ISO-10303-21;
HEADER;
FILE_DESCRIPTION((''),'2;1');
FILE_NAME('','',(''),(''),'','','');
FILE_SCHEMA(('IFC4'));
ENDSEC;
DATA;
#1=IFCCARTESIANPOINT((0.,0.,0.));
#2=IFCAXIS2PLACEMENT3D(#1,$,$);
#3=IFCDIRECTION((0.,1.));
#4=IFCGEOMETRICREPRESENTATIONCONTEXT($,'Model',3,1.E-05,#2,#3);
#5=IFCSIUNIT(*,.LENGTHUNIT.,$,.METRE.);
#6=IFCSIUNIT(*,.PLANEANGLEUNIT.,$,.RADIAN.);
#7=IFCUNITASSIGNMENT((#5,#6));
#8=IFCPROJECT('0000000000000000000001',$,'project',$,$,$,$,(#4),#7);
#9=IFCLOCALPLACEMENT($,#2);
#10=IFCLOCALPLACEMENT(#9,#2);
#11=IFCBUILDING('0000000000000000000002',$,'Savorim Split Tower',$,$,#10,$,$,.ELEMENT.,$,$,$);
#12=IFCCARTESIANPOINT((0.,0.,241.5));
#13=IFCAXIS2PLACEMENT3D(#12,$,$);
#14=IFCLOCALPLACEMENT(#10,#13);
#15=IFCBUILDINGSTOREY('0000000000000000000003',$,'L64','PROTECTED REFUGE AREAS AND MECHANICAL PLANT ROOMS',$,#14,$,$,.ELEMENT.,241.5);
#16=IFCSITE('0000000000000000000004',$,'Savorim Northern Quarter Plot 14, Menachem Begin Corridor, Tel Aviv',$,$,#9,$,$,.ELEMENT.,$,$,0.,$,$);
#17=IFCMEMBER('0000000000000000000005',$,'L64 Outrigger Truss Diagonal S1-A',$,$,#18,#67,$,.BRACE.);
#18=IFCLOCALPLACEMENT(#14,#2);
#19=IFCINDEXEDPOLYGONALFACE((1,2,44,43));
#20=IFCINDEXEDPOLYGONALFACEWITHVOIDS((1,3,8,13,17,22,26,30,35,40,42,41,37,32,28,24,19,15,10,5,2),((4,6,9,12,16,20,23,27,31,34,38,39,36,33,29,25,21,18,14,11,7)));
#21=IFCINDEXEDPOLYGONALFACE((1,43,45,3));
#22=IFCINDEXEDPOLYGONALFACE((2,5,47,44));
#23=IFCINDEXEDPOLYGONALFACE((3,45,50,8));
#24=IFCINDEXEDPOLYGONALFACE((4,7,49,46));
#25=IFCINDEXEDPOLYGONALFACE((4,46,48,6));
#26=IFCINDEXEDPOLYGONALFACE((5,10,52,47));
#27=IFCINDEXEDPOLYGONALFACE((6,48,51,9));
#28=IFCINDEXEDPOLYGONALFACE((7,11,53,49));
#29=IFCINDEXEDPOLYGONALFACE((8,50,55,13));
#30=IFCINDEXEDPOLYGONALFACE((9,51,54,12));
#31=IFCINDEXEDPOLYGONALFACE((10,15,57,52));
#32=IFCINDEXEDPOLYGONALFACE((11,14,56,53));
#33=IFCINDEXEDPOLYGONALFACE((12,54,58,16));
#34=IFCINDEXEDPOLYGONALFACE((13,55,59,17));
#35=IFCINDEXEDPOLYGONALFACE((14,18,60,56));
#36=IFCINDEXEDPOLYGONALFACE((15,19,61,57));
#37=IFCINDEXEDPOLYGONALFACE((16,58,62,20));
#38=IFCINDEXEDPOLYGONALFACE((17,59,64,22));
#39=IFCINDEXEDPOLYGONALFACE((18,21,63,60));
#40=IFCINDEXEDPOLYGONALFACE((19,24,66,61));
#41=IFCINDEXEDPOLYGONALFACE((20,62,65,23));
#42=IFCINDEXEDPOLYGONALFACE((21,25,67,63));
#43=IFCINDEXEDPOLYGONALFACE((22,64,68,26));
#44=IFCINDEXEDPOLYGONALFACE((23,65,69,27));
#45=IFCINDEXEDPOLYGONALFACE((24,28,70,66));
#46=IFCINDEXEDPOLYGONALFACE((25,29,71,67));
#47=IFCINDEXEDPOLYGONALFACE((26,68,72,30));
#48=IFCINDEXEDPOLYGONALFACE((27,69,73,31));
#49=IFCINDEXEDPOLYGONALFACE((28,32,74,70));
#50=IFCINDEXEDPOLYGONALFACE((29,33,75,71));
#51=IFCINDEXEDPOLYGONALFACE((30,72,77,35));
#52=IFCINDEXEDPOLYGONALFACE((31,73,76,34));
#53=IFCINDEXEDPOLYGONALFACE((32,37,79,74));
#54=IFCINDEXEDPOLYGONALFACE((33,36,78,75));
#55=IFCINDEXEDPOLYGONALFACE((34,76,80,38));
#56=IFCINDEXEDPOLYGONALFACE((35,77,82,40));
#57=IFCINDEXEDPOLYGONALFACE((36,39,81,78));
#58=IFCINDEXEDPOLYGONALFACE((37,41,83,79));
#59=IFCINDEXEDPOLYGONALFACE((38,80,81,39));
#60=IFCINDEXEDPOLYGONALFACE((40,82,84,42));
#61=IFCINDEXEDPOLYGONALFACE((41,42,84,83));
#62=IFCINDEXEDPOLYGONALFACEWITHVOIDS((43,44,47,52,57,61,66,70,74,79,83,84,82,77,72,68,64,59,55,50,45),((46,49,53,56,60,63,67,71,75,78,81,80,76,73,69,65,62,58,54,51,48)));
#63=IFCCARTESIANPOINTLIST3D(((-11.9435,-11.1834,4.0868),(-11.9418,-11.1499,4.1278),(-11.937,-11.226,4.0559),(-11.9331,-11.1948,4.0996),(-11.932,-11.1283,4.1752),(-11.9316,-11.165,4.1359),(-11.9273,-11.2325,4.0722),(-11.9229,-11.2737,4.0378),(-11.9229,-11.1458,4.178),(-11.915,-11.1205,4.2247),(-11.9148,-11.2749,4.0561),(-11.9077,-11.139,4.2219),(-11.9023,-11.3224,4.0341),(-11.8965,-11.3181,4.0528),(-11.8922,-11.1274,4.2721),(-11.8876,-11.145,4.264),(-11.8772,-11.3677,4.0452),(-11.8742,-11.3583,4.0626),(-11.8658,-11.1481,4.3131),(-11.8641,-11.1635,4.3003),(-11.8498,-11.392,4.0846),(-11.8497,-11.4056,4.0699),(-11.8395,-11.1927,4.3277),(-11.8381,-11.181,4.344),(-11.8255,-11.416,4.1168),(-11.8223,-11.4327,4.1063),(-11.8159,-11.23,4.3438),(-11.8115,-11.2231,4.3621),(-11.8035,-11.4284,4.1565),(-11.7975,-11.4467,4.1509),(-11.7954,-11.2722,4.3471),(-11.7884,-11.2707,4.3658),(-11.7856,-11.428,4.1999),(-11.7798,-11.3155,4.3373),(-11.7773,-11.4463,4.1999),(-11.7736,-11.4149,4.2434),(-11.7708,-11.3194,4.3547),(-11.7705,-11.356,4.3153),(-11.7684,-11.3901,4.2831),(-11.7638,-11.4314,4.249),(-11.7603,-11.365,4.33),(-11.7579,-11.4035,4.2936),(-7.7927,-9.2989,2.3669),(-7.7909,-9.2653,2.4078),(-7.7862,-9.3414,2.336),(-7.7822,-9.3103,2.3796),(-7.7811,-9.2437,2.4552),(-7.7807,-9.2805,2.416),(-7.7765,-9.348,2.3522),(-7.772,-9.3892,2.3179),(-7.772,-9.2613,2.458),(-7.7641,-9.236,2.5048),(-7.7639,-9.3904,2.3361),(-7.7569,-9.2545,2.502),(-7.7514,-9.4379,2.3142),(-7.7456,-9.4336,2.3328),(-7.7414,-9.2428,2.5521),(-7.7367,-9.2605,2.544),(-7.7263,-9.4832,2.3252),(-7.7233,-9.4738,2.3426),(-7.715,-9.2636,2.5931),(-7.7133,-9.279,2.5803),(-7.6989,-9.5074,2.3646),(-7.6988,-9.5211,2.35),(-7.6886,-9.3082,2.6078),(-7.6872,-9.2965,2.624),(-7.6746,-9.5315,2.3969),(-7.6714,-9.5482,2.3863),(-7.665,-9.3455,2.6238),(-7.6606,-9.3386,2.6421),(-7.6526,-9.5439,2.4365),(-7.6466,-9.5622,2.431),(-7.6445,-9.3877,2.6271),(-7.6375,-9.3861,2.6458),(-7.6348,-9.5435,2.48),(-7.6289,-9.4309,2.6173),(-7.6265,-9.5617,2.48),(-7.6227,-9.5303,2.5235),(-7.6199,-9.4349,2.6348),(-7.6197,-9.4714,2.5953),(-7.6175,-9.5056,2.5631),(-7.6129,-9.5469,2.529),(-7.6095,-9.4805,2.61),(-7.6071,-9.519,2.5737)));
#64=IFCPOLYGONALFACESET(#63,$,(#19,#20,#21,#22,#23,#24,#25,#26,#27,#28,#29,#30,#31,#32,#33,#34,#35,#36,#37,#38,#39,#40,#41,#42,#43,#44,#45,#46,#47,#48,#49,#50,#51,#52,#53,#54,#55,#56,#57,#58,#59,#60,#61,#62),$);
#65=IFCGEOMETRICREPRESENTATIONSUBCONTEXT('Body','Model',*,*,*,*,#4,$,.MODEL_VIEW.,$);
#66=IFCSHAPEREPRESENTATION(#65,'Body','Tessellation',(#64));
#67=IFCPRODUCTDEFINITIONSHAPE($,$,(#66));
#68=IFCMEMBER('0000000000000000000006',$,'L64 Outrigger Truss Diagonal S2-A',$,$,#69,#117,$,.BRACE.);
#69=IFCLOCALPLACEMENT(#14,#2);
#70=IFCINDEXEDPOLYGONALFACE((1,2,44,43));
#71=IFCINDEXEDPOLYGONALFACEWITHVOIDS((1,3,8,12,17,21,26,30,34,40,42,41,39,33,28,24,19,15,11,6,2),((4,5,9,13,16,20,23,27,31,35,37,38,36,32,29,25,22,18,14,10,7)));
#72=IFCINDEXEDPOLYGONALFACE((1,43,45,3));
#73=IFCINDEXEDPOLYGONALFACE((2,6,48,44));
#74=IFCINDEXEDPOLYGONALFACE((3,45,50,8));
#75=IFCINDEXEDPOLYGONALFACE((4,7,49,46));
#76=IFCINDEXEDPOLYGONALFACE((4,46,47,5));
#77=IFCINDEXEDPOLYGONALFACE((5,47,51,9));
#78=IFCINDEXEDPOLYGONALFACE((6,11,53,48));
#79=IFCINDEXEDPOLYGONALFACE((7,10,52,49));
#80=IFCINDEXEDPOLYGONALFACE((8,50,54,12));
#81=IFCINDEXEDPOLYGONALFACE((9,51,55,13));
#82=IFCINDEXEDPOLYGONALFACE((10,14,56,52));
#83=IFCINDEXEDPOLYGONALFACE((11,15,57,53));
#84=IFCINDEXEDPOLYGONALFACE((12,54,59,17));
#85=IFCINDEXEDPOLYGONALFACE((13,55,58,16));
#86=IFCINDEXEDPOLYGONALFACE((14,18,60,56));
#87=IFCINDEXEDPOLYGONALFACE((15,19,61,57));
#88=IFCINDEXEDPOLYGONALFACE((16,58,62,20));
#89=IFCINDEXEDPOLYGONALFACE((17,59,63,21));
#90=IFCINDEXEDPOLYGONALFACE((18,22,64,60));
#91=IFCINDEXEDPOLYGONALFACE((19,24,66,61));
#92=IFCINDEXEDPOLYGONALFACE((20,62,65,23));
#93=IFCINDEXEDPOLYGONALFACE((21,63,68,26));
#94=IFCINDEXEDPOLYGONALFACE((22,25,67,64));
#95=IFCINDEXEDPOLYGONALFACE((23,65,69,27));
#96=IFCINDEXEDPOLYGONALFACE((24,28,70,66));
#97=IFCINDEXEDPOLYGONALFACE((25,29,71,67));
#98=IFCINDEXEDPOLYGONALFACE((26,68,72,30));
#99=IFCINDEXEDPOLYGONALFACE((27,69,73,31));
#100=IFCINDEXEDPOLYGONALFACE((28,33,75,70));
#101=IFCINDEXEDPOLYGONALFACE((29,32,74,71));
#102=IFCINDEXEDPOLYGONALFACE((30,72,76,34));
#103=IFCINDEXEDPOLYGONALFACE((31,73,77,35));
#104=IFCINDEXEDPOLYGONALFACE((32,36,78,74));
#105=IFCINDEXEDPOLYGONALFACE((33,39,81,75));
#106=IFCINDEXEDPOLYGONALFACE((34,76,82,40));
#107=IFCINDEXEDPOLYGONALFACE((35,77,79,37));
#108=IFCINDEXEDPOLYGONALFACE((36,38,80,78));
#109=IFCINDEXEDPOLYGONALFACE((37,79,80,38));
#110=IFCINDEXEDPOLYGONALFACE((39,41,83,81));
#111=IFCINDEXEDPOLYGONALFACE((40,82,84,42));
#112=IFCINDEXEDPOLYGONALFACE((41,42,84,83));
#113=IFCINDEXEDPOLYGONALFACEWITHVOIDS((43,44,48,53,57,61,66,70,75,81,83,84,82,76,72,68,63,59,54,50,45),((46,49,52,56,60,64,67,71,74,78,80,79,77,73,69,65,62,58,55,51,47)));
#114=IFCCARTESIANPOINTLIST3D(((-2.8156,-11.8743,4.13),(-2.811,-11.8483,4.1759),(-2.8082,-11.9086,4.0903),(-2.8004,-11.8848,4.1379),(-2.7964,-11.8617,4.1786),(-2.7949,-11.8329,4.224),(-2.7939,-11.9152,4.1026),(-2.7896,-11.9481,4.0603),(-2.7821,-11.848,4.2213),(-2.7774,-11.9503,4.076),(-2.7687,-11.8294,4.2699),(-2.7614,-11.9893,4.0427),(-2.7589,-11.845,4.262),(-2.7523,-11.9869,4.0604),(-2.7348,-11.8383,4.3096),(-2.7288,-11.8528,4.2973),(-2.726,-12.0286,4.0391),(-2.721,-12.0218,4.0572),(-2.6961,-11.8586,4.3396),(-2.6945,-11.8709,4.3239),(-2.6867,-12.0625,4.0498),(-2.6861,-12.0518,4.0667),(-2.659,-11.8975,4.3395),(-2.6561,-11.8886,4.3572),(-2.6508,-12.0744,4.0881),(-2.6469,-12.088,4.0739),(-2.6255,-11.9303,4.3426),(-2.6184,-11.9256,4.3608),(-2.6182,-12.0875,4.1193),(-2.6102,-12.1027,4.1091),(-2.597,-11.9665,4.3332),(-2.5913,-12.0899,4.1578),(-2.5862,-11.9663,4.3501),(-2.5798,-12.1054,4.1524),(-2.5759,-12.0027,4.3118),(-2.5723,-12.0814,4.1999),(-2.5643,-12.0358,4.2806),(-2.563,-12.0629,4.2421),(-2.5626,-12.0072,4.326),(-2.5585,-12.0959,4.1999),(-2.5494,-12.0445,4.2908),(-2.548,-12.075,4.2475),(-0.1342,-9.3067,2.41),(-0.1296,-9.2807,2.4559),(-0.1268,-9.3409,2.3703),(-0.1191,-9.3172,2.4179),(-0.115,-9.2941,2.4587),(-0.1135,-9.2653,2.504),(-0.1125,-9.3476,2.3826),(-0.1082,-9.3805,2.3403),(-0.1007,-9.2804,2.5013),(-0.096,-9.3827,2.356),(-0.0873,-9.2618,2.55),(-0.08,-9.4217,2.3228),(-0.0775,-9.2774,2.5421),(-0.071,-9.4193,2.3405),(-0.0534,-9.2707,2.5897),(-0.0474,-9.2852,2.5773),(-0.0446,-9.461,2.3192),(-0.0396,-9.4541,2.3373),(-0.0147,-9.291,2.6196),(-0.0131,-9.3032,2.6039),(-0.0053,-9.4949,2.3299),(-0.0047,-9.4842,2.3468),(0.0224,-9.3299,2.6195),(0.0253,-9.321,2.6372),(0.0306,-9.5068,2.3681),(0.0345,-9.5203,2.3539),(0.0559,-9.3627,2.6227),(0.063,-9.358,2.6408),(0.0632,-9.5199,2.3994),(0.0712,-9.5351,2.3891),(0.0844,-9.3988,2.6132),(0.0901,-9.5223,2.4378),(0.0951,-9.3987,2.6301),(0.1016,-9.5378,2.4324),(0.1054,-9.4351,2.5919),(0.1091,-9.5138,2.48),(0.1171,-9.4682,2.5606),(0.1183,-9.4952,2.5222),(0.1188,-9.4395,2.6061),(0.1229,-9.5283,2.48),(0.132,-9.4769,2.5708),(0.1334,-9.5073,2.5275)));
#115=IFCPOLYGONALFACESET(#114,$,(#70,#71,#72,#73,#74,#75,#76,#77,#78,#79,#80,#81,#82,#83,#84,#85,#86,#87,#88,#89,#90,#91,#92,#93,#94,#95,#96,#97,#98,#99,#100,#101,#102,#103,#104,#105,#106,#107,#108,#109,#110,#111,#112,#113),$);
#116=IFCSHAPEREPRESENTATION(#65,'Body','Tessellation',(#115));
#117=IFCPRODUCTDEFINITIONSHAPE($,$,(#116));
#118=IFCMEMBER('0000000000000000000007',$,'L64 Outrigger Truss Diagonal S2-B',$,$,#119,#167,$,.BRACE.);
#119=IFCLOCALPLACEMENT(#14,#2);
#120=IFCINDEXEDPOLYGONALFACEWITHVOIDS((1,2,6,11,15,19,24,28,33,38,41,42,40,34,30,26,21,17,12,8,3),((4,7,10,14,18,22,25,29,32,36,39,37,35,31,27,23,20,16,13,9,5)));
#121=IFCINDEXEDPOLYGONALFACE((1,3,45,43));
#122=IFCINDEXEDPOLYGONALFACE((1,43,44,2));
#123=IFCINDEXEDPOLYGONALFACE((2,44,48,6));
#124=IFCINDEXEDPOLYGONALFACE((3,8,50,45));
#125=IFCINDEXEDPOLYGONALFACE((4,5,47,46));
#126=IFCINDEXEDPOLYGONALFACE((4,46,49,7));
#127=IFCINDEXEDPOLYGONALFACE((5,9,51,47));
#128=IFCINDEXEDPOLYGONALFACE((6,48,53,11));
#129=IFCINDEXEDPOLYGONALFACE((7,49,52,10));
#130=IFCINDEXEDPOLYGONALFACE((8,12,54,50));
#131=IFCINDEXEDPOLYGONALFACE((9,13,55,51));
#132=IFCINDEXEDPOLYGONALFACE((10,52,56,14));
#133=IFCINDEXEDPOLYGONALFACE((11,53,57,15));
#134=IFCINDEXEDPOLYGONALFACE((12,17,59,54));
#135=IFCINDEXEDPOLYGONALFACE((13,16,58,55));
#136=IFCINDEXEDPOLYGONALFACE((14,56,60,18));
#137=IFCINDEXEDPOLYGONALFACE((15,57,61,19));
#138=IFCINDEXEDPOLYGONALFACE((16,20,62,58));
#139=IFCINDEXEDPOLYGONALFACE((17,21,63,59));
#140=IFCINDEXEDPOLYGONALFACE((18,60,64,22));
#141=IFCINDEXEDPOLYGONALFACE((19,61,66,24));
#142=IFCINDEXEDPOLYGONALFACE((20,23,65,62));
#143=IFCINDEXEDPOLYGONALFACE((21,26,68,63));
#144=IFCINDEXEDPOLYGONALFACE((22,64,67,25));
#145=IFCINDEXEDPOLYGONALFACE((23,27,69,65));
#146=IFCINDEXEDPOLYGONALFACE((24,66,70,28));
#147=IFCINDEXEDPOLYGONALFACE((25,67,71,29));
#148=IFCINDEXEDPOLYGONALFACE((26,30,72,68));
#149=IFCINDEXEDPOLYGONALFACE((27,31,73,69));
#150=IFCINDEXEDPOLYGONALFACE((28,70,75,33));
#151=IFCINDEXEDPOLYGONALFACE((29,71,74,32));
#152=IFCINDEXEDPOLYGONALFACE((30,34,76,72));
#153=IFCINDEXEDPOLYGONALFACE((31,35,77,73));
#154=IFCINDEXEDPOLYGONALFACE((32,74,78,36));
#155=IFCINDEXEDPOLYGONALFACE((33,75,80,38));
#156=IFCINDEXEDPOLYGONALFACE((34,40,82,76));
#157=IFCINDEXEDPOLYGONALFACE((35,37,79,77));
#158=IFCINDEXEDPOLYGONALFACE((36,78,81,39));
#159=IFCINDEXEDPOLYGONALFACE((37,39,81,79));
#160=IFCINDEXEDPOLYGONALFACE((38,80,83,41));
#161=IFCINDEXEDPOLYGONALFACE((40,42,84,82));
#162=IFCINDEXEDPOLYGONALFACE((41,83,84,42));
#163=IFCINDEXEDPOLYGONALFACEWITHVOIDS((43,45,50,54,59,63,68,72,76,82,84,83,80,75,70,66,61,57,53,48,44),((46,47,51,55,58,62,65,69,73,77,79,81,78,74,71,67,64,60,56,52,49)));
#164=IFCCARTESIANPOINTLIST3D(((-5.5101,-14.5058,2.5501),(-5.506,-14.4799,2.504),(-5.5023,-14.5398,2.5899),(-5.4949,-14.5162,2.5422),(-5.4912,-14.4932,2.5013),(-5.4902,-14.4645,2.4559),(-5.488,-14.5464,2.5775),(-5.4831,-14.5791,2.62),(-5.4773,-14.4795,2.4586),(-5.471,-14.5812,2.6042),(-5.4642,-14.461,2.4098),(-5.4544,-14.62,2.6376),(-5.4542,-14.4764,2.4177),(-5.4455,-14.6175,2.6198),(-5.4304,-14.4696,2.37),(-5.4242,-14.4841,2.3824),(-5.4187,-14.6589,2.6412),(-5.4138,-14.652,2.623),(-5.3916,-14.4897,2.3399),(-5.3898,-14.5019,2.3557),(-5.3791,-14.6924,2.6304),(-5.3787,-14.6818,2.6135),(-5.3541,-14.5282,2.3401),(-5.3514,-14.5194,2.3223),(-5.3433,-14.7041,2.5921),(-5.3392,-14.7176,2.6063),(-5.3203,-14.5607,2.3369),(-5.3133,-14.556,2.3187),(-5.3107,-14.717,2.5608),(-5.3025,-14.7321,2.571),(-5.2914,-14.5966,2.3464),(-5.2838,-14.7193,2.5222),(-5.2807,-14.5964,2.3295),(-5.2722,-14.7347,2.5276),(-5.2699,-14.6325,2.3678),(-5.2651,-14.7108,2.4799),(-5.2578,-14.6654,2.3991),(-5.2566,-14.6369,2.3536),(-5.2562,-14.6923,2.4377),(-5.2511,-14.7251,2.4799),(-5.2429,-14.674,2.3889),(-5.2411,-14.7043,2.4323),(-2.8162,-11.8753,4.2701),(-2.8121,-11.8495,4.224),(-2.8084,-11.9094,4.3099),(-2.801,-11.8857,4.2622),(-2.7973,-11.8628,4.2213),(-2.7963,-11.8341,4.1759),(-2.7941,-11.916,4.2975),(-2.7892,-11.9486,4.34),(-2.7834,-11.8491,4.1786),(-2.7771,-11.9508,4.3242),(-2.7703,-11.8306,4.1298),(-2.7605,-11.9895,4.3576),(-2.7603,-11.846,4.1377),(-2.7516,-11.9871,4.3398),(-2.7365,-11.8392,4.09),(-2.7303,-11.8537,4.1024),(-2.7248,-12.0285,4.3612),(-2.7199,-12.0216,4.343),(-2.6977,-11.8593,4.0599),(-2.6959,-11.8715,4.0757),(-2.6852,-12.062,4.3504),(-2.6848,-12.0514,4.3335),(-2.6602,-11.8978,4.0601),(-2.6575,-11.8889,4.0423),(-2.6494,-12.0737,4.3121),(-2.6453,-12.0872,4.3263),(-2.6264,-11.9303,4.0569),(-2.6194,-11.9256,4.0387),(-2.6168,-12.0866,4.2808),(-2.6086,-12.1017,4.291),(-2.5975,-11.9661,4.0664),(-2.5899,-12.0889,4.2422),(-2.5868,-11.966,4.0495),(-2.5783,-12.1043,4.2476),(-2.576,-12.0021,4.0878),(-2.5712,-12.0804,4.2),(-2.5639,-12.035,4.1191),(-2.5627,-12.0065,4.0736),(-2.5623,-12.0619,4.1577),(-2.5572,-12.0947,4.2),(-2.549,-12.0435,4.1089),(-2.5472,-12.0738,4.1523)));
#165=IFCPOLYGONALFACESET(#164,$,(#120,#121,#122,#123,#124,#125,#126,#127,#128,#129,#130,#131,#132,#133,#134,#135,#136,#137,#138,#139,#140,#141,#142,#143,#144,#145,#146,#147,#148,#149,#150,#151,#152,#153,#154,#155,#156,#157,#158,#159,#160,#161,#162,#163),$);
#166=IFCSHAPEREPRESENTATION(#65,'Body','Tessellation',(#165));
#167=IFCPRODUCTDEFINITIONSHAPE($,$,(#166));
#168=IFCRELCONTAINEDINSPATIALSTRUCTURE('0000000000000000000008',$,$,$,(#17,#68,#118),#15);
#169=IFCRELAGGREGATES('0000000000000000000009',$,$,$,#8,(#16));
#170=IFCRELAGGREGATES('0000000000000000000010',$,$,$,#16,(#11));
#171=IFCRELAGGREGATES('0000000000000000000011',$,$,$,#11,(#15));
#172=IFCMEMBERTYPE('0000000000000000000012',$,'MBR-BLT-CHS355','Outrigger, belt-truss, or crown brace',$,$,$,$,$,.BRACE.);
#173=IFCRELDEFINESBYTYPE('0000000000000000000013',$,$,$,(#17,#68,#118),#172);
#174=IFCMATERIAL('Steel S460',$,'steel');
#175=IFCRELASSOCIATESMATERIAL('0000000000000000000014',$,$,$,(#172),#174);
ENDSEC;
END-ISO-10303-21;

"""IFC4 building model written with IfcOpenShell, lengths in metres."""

from ifc_helpers import new_model, si_unit, direction, frame, origin, origin_2d, place, context, subcontext, project, spatial, hollow_circle, extrude, material, material_profile, profile_set, type_object, element, save


model = new_model("IFC4")

# Units and contexts
model_context = context("Model", 3, precision=1e-05, world=origin(), true_north=direction((0.0, 1.0)))
body_context = subcontext(model_context, "Body", "Model", "MODEL_VIEW")
ifc_project = project(units=[si_unit("LENGTHUNIT", "METRE"), si_unit("PLANEANGLEUNIT", "RADIAN")], contexts=[model_context])

# Site, building, storey
site_placement = place(None, origin())
site = spatial("IfcSite", under=ifc_project, at=site_placement, Name="Savorim Northern Quarter Plot 14, Menachem Begin Corridor, Tel Aviv", CompositionType="ELEMENT", RefElevation=0.0)
building_placement = place(site_placement, origin())
building = spatial("IfcBuilding", under=site, at=building_placement, Name="Savorim Split Tower", CompositionType="ELEMENT")
storey_placement = place(building_placement, frame((0.0, 0.0, 241.5)))
storey = spatial("IfcBuildingStorey", under=building, at=storey_placement, Name="L64", Description="PROTECTED REFUGE AREAS AND MECHANICAL PLANT ROOMS", CompositionType="ELEMENT", Elevation=241.5)

# Members
ifc_material_1 = material(Name="Steel S460", Category="steel")
ifc_material_profile_1 = material_profile(ifc_material_1, hollow_circle(Radius=0.1777, WallThickness=0.02, at=origin_2d()), Name="CHS 355.6x20")
ifc_profile_set_1 = profile_set([ifc_material_profile_1], Name="Steel S460")
member_type_1 = type_object("IfcMemberType", Name="MBR-BLT-CHS355", Description="Outrigger, belt-truss, or crown brace", PredefinedType="BRACE", material=ifc_profile_set_1)
member_1_placement = place(storey_placement, frame((-7.7, -9.3999, 2.48), z_axis=(-0.85193, -0.386781, 0.353008), x_axis=(0.413395, -0.910552, 0.0)))
element("IfcMember", 1, at=member_1_placement, inside=storey, type_object=member_type_1, Name="L64 Outrigger Truss Diagonal S1-A", PredefinedType="BRACE", context=body_context, shape_type="SweptSolid", body=[
    extrude(hollow_circle(Radius=0.1777, WallThickness=0.02, at=origin_2d()), origin(), (0.0, 0.0, 1.0), 4.8723),
])
member_2_placement = place(storey_placement, frame((0.0, -9.3999, 2.48), z_axis=(-0.655348, -0.627542, 0.42037), x_axis=(0.691618, -0.722263, 0.0)))
element("IfcMember", 2, at=member_2_placement, inside=storey, type_object=member_type_1, Name="L64 Outrigger Truss Diagonal S2-A", PredefinedType="BRACE", context=body_context, shape_type="SweptSolid", body=[
    extrude(hollow_circle(Radius=0.1777, WallThickness=0.02, at=origin_2d()), origin(), (0.0, 0.0, 1.0), 4.0916),
])
member_3_placement = place(storey_placement, frame((-2.6814, -11.9675, 4.2), z_axis=(-0.650795, -0.63546, -0.41552), x_axis=(0.698627, -0.715486, 0.0)))
element("IfcMember", 3, at=member_3_placement, inside=storey, type_object=member_type_1, Name="L64 Outrigger Truss Diagonal S2-B", PredefinedType="BRACE", context=body_context, shape_type="SweptSolid", body=[
    extrude(hollow_circle(Radius=0.1777, WallThickness=0.02, at=origin_2d()), origin(), (0.0, 0.0, 1.0), 4.1394),
])

save(model, "model.ifc")
